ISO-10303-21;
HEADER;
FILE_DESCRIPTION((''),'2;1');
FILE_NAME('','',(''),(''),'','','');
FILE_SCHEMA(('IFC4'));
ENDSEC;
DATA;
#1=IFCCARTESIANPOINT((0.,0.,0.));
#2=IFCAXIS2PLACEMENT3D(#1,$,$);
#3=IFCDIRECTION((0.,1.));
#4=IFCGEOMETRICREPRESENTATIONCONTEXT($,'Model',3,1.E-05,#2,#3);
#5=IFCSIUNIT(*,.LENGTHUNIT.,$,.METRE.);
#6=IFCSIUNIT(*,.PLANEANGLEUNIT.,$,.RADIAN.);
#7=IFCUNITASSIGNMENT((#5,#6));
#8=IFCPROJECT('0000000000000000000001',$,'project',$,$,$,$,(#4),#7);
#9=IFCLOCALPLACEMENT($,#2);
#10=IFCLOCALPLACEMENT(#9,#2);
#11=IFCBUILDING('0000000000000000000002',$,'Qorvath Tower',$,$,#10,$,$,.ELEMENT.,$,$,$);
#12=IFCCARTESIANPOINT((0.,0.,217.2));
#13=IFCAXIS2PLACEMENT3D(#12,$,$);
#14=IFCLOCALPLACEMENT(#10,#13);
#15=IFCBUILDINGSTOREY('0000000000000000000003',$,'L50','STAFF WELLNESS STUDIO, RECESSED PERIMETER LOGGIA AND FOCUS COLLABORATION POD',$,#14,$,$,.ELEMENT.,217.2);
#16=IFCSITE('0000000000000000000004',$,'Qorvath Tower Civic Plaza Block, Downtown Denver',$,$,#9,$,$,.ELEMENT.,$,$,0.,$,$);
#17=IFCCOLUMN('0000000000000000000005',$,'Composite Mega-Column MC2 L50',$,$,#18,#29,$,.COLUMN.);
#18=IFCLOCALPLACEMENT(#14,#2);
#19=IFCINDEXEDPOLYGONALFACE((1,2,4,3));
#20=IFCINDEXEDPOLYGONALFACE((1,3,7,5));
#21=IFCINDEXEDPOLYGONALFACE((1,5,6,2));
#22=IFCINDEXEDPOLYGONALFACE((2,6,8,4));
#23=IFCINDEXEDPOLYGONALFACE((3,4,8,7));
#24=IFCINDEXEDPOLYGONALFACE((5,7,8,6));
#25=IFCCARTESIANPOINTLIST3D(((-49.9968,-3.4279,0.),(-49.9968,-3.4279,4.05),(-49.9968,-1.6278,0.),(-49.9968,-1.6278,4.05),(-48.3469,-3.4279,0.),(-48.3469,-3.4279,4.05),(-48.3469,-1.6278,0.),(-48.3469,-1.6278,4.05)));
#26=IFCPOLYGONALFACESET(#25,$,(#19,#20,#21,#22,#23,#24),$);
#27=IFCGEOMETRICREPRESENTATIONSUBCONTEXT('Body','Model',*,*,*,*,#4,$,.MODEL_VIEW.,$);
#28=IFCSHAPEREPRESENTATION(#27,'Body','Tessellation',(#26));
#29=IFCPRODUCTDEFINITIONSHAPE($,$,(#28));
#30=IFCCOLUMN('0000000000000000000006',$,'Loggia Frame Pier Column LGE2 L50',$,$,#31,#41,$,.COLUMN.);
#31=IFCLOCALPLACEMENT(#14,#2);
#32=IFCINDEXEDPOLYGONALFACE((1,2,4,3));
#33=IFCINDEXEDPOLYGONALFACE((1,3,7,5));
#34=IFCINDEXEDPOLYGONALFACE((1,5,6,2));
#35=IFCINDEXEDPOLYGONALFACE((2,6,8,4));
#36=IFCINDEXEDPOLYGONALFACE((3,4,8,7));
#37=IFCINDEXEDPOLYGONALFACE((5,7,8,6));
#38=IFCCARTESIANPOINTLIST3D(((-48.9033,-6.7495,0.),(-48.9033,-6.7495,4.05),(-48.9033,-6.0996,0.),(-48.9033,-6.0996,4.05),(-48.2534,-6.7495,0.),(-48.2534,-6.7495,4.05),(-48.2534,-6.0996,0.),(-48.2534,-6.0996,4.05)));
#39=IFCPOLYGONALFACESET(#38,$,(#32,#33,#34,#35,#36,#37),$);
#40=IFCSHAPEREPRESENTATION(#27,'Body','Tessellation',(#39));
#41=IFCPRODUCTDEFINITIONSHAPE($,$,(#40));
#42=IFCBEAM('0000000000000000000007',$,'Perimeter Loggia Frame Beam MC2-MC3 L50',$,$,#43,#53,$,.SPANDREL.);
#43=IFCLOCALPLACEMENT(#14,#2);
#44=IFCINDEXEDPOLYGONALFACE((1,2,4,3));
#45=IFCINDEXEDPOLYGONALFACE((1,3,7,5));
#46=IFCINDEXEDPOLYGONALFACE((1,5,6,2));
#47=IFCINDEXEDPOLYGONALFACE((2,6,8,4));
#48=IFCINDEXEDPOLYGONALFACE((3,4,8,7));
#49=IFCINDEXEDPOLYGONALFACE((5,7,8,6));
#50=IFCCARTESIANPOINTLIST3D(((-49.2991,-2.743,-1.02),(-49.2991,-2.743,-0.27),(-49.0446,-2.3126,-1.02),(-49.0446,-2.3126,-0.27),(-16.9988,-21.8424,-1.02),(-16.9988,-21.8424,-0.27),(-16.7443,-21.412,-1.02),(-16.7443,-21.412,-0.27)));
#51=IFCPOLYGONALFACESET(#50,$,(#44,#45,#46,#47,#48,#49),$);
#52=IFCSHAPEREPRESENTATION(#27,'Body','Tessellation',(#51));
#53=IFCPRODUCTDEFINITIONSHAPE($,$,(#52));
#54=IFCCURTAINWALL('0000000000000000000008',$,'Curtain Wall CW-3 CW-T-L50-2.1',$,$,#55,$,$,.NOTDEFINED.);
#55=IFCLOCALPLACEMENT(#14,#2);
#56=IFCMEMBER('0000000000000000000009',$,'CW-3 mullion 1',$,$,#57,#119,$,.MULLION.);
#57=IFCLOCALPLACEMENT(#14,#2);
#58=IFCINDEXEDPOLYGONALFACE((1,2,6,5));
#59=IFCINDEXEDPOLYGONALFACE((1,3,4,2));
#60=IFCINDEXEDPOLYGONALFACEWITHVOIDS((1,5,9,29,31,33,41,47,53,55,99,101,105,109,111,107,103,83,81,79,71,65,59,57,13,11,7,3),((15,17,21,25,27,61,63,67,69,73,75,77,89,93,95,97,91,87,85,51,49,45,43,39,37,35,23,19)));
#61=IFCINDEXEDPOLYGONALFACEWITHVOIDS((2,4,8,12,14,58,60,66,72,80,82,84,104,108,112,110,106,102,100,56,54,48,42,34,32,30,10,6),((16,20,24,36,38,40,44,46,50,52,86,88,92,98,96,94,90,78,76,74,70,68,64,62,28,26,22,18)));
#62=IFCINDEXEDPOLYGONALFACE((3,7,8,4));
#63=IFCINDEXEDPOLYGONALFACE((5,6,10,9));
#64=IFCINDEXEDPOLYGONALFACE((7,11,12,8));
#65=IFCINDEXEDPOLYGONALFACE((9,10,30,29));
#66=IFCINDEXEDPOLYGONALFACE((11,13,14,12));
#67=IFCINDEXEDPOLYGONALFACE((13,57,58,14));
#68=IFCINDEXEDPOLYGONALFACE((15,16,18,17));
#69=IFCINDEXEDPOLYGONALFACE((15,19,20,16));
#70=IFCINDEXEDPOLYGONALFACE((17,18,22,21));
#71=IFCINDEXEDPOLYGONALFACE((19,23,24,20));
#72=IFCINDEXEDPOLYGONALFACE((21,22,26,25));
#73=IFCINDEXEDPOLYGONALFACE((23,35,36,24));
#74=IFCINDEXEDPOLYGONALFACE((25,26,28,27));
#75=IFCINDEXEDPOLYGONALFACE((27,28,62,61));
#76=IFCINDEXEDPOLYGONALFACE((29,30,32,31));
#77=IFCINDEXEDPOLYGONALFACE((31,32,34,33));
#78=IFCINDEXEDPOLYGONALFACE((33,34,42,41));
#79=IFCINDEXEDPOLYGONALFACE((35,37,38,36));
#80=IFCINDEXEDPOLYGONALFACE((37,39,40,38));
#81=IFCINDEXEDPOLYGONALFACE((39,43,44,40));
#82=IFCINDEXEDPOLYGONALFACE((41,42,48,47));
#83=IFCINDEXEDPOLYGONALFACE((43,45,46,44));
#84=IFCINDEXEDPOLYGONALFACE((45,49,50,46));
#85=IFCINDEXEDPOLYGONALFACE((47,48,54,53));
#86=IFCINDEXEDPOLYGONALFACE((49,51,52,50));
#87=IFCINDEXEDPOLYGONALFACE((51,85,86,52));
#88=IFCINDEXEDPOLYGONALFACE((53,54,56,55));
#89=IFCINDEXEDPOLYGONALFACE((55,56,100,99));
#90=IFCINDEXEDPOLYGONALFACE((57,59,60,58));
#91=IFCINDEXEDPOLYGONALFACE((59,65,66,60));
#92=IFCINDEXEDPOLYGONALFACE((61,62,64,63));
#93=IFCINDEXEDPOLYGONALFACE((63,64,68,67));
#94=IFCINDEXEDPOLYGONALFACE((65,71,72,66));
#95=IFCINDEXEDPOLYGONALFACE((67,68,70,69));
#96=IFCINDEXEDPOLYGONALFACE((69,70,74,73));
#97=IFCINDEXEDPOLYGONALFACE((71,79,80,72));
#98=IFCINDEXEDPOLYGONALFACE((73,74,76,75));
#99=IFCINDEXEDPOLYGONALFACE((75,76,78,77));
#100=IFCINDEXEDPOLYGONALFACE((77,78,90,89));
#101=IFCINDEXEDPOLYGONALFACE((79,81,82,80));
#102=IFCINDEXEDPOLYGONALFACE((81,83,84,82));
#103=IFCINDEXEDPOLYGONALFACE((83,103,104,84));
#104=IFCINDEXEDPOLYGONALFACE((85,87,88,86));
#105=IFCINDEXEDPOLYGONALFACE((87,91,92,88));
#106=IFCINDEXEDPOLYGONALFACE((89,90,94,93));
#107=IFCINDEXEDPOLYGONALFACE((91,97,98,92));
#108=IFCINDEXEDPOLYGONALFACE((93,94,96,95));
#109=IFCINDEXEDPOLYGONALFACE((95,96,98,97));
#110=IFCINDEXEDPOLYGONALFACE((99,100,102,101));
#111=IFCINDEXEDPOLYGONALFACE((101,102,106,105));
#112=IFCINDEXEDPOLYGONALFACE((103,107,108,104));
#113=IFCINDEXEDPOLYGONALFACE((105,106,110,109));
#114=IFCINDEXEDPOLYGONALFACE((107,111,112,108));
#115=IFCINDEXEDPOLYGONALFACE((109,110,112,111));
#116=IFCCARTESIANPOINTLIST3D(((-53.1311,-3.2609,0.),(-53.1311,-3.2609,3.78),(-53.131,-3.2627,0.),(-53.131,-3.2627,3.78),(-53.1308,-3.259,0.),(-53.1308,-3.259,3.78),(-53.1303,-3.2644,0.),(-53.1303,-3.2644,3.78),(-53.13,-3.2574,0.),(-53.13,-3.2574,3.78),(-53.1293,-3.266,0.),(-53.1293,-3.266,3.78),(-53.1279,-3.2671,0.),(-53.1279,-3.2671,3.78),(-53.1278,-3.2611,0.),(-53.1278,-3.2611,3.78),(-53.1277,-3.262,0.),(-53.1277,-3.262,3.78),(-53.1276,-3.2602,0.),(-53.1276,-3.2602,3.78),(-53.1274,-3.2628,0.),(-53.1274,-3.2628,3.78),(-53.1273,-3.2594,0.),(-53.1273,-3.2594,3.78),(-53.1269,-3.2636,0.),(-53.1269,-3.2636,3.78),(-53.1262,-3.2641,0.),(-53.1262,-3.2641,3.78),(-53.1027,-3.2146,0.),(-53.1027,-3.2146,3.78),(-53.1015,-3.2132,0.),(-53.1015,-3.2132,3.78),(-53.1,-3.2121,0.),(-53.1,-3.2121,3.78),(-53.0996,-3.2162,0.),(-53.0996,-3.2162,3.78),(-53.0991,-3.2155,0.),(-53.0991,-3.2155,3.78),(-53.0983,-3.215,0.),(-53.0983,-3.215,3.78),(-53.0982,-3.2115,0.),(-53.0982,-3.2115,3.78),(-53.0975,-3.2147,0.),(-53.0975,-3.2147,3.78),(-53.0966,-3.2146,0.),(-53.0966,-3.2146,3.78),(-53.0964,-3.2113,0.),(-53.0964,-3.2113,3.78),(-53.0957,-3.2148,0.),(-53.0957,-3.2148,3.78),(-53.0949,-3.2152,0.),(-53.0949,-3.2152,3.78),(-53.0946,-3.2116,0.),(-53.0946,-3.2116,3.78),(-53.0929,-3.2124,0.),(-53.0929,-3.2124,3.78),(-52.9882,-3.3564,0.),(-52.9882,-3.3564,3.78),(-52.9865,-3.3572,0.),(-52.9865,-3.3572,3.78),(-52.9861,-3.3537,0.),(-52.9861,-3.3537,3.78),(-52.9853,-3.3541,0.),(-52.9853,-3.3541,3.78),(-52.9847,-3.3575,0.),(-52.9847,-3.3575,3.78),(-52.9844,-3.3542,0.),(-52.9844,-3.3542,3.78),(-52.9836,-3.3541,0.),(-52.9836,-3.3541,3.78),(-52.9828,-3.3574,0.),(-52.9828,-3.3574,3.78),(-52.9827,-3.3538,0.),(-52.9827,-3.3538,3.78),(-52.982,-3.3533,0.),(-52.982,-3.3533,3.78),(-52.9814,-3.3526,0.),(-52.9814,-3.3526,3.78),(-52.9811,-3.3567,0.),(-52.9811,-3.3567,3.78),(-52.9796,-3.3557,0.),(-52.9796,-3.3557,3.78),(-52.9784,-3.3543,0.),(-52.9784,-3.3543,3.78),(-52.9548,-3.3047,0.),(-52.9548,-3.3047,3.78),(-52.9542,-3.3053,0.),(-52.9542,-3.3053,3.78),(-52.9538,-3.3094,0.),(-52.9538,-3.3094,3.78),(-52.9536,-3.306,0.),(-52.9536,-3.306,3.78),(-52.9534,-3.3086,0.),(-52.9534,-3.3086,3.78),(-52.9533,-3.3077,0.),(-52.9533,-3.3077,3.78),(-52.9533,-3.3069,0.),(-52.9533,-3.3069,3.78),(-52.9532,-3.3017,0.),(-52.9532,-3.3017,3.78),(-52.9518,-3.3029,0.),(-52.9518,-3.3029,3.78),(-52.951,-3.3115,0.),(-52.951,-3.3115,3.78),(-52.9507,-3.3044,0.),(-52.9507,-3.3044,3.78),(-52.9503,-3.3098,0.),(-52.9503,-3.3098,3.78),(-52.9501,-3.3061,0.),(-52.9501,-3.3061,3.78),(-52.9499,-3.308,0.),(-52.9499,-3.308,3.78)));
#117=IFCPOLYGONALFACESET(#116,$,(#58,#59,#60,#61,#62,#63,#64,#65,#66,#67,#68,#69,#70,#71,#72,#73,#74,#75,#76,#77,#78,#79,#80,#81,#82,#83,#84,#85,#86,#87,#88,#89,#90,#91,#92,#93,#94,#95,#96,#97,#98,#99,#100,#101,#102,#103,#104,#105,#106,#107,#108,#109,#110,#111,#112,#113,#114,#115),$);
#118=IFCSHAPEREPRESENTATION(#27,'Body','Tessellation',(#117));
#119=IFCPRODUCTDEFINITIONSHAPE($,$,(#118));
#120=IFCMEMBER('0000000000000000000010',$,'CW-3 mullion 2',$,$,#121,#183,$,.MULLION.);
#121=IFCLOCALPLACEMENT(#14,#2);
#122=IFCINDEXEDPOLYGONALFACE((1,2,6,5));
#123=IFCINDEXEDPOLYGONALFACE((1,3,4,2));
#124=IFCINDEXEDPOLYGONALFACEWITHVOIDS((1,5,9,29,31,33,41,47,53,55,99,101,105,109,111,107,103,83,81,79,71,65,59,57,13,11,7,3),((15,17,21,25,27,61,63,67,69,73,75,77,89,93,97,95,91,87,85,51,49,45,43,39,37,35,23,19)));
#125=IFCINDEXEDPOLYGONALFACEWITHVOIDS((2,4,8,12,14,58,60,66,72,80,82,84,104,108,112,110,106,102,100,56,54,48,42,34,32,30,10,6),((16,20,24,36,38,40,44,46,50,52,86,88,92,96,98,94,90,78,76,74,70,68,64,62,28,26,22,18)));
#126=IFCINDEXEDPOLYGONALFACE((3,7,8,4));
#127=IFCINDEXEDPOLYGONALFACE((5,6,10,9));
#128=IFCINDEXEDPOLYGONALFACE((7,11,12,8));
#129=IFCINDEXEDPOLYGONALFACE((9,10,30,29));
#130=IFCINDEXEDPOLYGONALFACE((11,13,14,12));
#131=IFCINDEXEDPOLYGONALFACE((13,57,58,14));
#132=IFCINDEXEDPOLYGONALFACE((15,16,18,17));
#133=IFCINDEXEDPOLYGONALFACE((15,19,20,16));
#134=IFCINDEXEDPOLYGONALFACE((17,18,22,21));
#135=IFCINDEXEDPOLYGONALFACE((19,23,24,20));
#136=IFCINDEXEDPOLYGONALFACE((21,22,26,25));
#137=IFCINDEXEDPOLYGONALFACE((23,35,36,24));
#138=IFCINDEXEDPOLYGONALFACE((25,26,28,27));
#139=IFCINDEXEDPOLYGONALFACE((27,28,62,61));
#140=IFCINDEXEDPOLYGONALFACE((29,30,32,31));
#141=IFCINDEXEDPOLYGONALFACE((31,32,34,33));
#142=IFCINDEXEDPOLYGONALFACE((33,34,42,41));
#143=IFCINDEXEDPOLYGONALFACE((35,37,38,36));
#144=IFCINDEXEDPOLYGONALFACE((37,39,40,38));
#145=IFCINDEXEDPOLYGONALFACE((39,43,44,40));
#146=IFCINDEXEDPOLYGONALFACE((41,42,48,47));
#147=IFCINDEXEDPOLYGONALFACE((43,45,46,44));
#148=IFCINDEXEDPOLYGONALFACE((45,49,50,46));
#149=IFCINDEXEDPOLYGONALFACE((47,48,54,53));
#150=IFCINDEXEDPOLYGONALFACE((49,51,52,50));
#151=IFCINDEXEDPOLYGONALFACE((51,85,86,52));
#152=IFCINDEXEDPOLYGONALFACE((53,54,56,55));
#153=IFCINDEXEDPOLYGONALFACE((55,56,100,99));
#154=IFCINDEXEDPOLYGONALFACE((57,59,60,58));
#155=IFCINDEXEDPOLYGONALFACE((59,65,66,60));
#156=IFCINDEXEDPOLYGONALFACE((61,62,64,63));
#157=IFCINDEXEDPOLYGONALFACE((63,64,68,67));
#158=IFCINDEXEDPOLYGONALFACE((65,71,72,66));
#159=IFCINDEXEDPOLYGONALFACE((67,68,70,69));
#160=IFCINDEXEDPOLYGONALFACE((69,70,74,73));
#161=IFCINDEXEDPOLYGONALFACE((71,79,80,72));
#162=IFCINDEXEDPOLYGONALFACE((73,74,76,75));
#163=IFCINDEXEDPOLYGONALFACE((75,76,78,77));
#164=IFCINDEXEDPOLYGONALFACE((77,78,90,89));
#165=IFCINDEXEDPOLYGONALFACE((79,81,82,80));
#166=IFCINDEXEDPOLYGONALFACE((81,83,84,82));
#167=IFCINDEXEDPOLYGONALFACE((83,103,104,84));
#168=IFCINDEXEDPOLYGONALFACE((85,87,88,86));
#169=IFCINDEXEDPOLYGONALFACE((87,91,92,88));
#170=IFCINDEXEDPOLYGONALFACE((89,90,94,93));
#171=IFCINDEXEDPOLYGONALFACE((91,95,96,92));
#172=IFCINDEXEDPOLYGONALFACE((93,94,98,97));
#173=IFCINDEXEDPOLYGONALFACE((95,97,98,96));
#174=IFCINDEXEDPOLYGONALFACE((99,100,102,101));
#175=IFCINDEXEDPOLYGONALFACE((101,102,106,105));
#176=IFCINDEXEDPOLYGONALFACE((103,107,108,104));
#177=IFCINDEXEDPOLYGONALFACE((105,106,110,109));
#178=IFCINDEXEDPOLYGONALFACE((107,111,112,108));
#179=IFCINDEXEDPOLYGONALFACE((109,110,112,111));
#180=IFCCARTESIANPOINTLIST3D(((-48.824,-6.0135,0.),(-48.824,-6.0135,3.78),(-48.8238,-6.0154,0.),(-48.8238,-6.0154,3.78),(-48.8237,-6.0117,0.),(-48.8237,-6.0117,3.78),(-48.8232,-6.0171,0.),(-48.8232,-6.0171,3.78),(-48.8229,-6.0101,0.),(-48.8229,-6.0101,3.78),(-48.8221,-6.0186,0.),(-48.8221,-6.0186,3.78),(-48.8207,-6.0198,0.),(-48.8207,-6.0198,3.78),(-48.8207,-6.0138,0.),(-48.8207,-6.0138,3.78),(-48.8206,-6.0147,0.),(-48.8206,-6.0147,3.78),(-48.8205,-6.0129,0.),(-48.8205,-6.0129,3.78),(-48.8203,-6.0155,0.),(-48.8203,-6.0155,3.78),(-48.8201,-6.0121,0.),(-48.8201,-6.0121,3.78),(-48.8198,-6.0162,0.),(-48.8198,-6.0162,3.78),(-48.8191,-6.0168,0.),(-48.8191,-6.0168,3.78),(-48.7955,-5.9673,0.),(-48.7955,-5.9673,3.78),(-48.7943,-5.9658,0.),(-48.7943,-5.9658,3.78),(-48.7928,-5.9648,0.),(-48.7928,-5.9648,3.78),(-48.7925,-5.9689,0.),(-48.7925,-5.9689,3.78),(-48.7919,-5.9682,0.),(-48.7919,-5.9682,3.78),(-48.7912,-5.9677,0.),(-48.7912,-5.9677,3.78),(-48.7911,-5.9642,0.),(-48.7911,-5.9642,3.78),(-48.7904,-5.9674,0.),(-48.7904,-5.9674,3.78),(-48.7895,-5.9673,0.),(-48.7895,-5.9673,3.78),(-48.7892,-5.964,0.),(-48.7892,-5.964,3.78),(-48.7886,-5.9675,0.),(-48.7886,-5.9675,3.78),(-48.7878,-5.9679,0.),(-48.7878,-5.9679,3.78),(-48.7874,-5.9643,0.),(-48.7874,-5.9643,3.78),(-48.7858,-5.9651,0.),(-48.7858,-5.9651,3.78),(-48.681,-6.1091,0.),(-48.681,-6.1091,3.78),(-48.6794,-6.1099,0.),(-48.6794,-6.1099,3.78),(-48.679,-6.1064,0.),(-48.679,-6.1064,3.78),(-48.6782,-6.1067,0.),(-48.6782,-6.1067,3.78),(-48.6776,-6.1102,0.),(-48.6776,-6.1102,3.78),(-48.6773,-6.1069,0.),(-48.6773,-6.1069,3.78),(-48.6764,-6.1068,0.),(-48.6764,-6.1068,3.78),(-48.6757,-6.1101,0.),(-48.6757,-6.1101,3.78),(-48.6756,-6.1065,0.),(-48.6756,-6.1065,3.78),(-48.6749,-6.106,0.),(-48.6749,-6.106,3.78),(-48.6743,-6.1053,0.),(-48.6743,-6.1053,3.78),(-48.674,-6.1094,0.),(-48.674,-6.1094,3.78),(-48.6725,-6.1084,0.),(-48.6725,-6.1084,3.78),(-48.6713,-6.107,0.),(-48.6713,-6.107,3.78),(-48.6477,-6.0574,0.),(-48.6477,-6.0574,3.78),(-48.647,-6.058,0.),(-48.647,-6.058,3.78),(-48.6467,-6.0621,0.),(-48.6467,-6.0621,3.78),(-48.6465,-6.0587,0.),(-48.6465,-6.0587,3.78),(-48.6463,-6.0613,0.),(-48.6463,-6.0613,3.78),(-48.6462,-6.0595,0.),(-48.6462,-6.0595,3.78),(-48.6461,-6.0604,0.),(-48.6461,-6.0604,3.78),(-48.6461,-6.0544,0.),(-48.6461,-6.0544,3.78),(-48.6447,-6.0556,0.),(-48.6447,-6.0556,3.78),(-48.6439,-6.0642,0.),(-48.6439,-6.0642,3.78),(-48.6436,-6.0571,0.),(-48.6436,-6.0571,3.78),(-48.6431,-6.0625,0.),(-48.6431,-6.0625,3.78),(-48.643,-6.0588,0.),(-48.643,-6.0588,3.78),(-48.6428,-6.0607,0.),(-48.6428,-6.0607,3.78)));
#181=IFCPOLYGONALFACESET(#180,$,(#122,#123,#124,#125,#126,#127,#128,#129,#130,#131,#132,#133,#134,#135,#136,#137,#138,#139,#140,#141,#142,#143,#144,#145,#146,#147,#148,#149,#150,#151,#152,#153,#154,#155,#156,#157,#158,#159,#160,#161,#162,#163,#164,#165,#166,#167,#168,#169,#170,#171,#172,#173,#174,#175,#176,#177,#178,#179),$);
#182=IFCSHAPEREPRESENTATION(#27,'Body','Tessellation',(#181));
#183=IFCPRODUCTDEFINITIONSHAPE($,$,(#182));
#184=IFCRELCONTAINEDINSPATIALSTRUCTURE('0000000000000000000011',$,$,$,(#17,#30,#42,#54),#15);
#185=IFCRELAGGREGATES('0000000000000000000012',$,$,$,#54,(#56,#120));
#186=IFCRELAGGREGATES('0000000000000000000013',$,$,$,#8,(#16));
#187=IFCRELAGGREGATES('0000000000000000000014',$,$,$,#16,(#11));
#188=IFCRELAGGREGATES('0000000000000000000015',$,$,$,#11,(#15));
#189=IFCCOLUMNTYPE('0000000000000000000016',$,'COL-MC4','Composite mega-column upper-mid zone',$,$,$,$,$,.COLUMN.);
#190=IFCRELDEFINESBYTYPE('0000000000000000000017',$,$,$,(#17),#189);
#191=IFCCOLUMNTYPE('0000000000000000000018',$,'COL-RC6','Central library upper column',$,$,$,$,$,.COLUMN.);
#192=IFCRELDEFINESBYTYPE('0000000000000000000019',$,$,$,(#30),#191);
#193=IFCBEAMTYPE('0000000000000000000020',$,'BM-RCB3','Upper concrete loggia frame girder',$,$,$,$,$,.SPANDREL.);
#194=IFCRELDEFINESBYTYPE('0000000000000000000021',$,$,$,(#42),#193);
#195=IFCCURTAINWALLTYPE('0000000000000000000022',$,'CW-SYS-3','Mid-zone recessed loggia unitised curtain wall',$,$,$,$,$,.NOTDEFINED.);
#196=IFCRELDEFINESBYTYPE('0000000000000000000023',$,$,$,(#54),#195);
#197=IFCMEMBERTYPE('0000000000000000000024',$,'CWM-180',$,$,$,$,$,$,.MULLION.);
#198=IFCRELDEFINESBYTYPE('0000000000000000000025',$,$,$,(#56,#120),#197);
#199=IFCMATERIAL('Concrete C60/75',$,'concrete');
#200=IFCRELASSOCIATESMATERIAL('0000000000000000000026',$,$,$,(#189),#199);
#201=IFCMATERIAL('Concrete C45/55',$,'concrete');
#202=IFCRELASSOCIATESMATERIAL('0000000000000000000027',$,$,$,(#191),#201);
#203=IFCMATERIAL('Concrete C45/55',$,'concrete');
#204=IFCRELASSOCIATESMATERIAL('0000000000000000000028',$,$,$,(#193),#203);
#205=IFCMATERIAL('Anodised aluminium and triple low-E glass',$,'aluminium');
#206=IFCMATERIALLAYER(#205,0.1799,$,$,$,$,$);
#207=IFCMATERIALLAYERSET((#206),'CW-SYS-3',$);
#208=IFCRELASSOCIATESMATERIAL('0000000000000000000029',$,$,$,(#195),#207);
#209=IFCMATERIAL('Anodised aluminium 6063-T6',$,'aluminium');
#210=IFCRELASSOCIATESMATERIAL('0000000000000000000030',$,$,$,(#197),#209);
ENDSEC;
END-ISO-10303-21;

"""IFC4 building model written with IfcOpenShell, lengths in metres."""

from ifc_helpers import new_model, si_unit, direction, frame, origin, origin_2d, place, context, subcontext, project, spatial, rectangle, hollow_rectangle, extrude, material, layer, layer_set, material_profile, profile_set, type_object, element, aggregate, save


model = new_model("IFC4")

# Units and contexts
model_context = context("Model", 3, precision=1e-05, world=origin(), true_north=direction((0.0, 1.0)))
body_context = subcontext(model_context, "Body", "Model", "MODEL_VIEW")
ifc_project = project(units=[si_unit("LENGTHUNIT", "METRE"), si_unit("PLANEANGLEUNIT", "RADIAN")], contexts=[model_context])

# Site, building, storey
site_placement = place(None, origin())
site = spatial("IfcSite", under=ifc_project, at=site_placement, Name="Qorvath Tower Civic Plaza Block, Downtown Denver", CompositionType="ELEMENT", RefElevation=0.0)
building_placement = place(site_placement, origin())
building = spatial("IfcBuilding", under=site, at=building_placement, Name="Qorvath Tower", CompositionType="ELEMENT")
storey_placement = place(building_placement, frame((0.0, 0.0, 217.2)))
storey = spatial("IfcBuildingStorey", under=building, at=storey_placement, Name="L50", Description="STAFF WELLNESS STUDIO, RECESSED PERIMETER LOGGIA AND FOCUS COLLABORATION POD", CompositionType="ELEMENT", Elevation=217.2)

# Columns
ifc_material_1 = material(Name="Concrete C60/75", Category="concrete")
ifc_material_profile_1 = material_profile(ifc_material_1, rectangle(XDim=1.6499, YDim=1.8, at=origin_2d()), Name="MC 1800x1650")
ifc_profile_set_1 = profile_set([ifc_material_profile_1], Name="Concrete C60/75")
column_type_1 = type_object("IfcColumnType", Name="COL-MC4", Description="Composite mega-column upper-mid zone", PredefinedType="COLUMN", material=ifc_profile_set_1)
column_1_placement = place(storey_placement, frame((-49.1719, -2.5278, 0.0), z_axis=(0.0, 0.0, 1.0), x_axis=(1.0, 0.0, 0.0)))
element("IfcColumn", 1, at=column_1_placement, inside=storey, type_object=column_type_1, Name="Composite Mega-Column MC2 L50", PredefinedType="COLUMN", context=body_context, shape_type="SweptSolid", body=[
    extrude(rectangle(XDim=1.6499, YDim=1.8, at=origin_2d()), origin(), (0.0, 0.0, 1.0), 4.05),
])
ifc_material_2 = material(Name="Concrete C45/55", Category="concrete")
ifc_material_profile_2 = material_profile(ifc_material_2, rectangle(XDim=0.6499, YDim=0.6499, at=origin_2d()), Name="RC 650x650")
ifc_profile_set_2 = profile_set([ifc_material_profile_2], Name="Concrete C45/55")
column_type_2 = type_object("IfcColumnType", Name="COL-RC6", Description="Central library upper column", PredefinedType="COLUMN", material=ifc_profile_set_2)
column_2_placement = place(storey_placement, frame((-48.5784, -6.4246, 0.0), z_axis=(0.0, 0.0, 1.0), x_axis=(1.0, 0.0, 0.0)))
element("IfcColumn", 2, at=column_2_placement, inside=storey, type_object=column_type_2, Name="Loggia Frame Pier Column LGE2 L50", PredefinedType="COLUMN", context=body_context, shape_type="SweptSolid", body=[
    extrude(rectangle(XDim=0.6499, YDim=0.6499, at=origin_2d()), origin(), (0.0, 0.0, 1.0), 4.05),
])

# Beam
ifc_material_3 = material(Name="Concrete C45/55", Category="concrete")
ifc_material_profile_3 = material_profile(ifc_material_3, rectangle(XDim=0.5, YDim=0.75, at=origin_2d()), Name="RCB 750x500")
ifc_profile_set_3 = profile_set([ifc_material_profile_3], Name="Concrete C45/55")
beam_type = type_object("IfcBeamType", Name="BM-RCB3", Description="Upper concrete loggia frame girder", PredefinedType="SPANDREL", material=ifc_profile_set_3)
beam_placement = place(storey_placement, frame((-49.1719, -2.5278, -0.645), z_axis=(0.860777, -0.508983, 0.0), x_axis=(0.508983, 0.860777, 0.0)))
element("IfcBeam", 3, at=beam_placement, inside=storey, type_object=beam_type, Name="Perimeter Loggia Frame Beam MC2-MC3 L50", PredefinedType="SPANDREL", context=body_context, shape_type="SweptSolid", body=[
    extrude(rectangle(XDim=0.5, YDim=0.75, at=origin_2d()), origin(), (0.0, 0.0, 1.0), 37.5247),
])

# Curtain wall, members
ifc_material_4 = material(Name="Anodised aluminium and triple low-E glass", Category="aluminium")
ifc_layer_1 = layer(ifc_material_4, 0.1799)
ifc_layer_set_1 = layer_set([ifc_layer_1], Name="CW-SYS-3")
curtain_wall_type = type_object("IfcCurtainWallType", Name="CW-SYS-3", Description="Mid-zone recessed loggia unitised curtain wall", PredefinedType="NOTDEFINED", material=ifc_layer_set_1)
curtain_wall_1_placement = place(storey_placement, origin())
curtain_wall_1 = element("IfcCurtainWall", 4, at=curtain_wall_1_placement, inside=storey, type_object=curtain_wall_type, Name="Curtain Wall CW-3 CW-T-L50-2.1", PredefinedType="NOTDEFINED")
ifc_material_5 = material(Name="Anodised aluminium 6063-T6", Category="aluminium")
ifc_material_profile_4 = material_profile(ifc_material_5, hollow_rectangle(XDim=0.0649, YDim=0.1799, WallThickness=0.0034, InnerFilletRadius=0.0034, OuterFilletRadius=0.0071, at=origin_2d()), Name="CWM 180x65")
ifc_profile_set_4 = profile_set([ifc_material_profile_4], Name="Anodised aluminium 6063-T6")
member_type_1 = type_object("IfcMemberType", Name="CWM-180", PredefinedType="MULLION", material=ifc_profile_set_4)
member_1_placement = place(storey_placement, frame((-53.0405, -3.2844, 0.0), z_axis=(0.0, 0.0, 1.0), x_axis=(0.538553, 0.842592, 0.0)))
member_1 = element("IfcMember", 5, at=member_1_placement, type_object=member_type_1, Name="CW-3 mullion 1", PredefinedType="MULLION", context=body_context, shape_type="SweptSolid", body=[
    extrude(hollow_rectangle(XDim=0.0649, YDim=0.1799, WallThickness=0.0034, InnerFilletRadius=0.0034, OuterFilletRadius=0.0071, at=origin_2d()), origin(), (0.0, 0.0, 1.0), 3.78),
])
member_2_placement = place(storey_placement, frame((-48.7334, -6.0371, 0.0), z_axis=(0.0, 0.0, 1.0), x_axis=(0.538553, 0.842592, 0.0)))
member_2 = element("IfcMember", 6, at=member_2_placement, type_object=member_type_1, Name="CW-3 mullion 2", PredefinedType="MULLION", context=body_context, shape_type="SweptSolid", body=[
    extrude(hollow_rectangle(XDim=0.0649, YDim=0.1799, WallThickness=0.0034, InnerFilletRadius=0.0034, OuterFilletRadius=0.0071, at=origin_2d()), origin(), (0.0, 0.0, 1.0), 3.78),
])

aggregate(curtain_wall_1, [member_1, member_2])

save(model, "model.ifc")
